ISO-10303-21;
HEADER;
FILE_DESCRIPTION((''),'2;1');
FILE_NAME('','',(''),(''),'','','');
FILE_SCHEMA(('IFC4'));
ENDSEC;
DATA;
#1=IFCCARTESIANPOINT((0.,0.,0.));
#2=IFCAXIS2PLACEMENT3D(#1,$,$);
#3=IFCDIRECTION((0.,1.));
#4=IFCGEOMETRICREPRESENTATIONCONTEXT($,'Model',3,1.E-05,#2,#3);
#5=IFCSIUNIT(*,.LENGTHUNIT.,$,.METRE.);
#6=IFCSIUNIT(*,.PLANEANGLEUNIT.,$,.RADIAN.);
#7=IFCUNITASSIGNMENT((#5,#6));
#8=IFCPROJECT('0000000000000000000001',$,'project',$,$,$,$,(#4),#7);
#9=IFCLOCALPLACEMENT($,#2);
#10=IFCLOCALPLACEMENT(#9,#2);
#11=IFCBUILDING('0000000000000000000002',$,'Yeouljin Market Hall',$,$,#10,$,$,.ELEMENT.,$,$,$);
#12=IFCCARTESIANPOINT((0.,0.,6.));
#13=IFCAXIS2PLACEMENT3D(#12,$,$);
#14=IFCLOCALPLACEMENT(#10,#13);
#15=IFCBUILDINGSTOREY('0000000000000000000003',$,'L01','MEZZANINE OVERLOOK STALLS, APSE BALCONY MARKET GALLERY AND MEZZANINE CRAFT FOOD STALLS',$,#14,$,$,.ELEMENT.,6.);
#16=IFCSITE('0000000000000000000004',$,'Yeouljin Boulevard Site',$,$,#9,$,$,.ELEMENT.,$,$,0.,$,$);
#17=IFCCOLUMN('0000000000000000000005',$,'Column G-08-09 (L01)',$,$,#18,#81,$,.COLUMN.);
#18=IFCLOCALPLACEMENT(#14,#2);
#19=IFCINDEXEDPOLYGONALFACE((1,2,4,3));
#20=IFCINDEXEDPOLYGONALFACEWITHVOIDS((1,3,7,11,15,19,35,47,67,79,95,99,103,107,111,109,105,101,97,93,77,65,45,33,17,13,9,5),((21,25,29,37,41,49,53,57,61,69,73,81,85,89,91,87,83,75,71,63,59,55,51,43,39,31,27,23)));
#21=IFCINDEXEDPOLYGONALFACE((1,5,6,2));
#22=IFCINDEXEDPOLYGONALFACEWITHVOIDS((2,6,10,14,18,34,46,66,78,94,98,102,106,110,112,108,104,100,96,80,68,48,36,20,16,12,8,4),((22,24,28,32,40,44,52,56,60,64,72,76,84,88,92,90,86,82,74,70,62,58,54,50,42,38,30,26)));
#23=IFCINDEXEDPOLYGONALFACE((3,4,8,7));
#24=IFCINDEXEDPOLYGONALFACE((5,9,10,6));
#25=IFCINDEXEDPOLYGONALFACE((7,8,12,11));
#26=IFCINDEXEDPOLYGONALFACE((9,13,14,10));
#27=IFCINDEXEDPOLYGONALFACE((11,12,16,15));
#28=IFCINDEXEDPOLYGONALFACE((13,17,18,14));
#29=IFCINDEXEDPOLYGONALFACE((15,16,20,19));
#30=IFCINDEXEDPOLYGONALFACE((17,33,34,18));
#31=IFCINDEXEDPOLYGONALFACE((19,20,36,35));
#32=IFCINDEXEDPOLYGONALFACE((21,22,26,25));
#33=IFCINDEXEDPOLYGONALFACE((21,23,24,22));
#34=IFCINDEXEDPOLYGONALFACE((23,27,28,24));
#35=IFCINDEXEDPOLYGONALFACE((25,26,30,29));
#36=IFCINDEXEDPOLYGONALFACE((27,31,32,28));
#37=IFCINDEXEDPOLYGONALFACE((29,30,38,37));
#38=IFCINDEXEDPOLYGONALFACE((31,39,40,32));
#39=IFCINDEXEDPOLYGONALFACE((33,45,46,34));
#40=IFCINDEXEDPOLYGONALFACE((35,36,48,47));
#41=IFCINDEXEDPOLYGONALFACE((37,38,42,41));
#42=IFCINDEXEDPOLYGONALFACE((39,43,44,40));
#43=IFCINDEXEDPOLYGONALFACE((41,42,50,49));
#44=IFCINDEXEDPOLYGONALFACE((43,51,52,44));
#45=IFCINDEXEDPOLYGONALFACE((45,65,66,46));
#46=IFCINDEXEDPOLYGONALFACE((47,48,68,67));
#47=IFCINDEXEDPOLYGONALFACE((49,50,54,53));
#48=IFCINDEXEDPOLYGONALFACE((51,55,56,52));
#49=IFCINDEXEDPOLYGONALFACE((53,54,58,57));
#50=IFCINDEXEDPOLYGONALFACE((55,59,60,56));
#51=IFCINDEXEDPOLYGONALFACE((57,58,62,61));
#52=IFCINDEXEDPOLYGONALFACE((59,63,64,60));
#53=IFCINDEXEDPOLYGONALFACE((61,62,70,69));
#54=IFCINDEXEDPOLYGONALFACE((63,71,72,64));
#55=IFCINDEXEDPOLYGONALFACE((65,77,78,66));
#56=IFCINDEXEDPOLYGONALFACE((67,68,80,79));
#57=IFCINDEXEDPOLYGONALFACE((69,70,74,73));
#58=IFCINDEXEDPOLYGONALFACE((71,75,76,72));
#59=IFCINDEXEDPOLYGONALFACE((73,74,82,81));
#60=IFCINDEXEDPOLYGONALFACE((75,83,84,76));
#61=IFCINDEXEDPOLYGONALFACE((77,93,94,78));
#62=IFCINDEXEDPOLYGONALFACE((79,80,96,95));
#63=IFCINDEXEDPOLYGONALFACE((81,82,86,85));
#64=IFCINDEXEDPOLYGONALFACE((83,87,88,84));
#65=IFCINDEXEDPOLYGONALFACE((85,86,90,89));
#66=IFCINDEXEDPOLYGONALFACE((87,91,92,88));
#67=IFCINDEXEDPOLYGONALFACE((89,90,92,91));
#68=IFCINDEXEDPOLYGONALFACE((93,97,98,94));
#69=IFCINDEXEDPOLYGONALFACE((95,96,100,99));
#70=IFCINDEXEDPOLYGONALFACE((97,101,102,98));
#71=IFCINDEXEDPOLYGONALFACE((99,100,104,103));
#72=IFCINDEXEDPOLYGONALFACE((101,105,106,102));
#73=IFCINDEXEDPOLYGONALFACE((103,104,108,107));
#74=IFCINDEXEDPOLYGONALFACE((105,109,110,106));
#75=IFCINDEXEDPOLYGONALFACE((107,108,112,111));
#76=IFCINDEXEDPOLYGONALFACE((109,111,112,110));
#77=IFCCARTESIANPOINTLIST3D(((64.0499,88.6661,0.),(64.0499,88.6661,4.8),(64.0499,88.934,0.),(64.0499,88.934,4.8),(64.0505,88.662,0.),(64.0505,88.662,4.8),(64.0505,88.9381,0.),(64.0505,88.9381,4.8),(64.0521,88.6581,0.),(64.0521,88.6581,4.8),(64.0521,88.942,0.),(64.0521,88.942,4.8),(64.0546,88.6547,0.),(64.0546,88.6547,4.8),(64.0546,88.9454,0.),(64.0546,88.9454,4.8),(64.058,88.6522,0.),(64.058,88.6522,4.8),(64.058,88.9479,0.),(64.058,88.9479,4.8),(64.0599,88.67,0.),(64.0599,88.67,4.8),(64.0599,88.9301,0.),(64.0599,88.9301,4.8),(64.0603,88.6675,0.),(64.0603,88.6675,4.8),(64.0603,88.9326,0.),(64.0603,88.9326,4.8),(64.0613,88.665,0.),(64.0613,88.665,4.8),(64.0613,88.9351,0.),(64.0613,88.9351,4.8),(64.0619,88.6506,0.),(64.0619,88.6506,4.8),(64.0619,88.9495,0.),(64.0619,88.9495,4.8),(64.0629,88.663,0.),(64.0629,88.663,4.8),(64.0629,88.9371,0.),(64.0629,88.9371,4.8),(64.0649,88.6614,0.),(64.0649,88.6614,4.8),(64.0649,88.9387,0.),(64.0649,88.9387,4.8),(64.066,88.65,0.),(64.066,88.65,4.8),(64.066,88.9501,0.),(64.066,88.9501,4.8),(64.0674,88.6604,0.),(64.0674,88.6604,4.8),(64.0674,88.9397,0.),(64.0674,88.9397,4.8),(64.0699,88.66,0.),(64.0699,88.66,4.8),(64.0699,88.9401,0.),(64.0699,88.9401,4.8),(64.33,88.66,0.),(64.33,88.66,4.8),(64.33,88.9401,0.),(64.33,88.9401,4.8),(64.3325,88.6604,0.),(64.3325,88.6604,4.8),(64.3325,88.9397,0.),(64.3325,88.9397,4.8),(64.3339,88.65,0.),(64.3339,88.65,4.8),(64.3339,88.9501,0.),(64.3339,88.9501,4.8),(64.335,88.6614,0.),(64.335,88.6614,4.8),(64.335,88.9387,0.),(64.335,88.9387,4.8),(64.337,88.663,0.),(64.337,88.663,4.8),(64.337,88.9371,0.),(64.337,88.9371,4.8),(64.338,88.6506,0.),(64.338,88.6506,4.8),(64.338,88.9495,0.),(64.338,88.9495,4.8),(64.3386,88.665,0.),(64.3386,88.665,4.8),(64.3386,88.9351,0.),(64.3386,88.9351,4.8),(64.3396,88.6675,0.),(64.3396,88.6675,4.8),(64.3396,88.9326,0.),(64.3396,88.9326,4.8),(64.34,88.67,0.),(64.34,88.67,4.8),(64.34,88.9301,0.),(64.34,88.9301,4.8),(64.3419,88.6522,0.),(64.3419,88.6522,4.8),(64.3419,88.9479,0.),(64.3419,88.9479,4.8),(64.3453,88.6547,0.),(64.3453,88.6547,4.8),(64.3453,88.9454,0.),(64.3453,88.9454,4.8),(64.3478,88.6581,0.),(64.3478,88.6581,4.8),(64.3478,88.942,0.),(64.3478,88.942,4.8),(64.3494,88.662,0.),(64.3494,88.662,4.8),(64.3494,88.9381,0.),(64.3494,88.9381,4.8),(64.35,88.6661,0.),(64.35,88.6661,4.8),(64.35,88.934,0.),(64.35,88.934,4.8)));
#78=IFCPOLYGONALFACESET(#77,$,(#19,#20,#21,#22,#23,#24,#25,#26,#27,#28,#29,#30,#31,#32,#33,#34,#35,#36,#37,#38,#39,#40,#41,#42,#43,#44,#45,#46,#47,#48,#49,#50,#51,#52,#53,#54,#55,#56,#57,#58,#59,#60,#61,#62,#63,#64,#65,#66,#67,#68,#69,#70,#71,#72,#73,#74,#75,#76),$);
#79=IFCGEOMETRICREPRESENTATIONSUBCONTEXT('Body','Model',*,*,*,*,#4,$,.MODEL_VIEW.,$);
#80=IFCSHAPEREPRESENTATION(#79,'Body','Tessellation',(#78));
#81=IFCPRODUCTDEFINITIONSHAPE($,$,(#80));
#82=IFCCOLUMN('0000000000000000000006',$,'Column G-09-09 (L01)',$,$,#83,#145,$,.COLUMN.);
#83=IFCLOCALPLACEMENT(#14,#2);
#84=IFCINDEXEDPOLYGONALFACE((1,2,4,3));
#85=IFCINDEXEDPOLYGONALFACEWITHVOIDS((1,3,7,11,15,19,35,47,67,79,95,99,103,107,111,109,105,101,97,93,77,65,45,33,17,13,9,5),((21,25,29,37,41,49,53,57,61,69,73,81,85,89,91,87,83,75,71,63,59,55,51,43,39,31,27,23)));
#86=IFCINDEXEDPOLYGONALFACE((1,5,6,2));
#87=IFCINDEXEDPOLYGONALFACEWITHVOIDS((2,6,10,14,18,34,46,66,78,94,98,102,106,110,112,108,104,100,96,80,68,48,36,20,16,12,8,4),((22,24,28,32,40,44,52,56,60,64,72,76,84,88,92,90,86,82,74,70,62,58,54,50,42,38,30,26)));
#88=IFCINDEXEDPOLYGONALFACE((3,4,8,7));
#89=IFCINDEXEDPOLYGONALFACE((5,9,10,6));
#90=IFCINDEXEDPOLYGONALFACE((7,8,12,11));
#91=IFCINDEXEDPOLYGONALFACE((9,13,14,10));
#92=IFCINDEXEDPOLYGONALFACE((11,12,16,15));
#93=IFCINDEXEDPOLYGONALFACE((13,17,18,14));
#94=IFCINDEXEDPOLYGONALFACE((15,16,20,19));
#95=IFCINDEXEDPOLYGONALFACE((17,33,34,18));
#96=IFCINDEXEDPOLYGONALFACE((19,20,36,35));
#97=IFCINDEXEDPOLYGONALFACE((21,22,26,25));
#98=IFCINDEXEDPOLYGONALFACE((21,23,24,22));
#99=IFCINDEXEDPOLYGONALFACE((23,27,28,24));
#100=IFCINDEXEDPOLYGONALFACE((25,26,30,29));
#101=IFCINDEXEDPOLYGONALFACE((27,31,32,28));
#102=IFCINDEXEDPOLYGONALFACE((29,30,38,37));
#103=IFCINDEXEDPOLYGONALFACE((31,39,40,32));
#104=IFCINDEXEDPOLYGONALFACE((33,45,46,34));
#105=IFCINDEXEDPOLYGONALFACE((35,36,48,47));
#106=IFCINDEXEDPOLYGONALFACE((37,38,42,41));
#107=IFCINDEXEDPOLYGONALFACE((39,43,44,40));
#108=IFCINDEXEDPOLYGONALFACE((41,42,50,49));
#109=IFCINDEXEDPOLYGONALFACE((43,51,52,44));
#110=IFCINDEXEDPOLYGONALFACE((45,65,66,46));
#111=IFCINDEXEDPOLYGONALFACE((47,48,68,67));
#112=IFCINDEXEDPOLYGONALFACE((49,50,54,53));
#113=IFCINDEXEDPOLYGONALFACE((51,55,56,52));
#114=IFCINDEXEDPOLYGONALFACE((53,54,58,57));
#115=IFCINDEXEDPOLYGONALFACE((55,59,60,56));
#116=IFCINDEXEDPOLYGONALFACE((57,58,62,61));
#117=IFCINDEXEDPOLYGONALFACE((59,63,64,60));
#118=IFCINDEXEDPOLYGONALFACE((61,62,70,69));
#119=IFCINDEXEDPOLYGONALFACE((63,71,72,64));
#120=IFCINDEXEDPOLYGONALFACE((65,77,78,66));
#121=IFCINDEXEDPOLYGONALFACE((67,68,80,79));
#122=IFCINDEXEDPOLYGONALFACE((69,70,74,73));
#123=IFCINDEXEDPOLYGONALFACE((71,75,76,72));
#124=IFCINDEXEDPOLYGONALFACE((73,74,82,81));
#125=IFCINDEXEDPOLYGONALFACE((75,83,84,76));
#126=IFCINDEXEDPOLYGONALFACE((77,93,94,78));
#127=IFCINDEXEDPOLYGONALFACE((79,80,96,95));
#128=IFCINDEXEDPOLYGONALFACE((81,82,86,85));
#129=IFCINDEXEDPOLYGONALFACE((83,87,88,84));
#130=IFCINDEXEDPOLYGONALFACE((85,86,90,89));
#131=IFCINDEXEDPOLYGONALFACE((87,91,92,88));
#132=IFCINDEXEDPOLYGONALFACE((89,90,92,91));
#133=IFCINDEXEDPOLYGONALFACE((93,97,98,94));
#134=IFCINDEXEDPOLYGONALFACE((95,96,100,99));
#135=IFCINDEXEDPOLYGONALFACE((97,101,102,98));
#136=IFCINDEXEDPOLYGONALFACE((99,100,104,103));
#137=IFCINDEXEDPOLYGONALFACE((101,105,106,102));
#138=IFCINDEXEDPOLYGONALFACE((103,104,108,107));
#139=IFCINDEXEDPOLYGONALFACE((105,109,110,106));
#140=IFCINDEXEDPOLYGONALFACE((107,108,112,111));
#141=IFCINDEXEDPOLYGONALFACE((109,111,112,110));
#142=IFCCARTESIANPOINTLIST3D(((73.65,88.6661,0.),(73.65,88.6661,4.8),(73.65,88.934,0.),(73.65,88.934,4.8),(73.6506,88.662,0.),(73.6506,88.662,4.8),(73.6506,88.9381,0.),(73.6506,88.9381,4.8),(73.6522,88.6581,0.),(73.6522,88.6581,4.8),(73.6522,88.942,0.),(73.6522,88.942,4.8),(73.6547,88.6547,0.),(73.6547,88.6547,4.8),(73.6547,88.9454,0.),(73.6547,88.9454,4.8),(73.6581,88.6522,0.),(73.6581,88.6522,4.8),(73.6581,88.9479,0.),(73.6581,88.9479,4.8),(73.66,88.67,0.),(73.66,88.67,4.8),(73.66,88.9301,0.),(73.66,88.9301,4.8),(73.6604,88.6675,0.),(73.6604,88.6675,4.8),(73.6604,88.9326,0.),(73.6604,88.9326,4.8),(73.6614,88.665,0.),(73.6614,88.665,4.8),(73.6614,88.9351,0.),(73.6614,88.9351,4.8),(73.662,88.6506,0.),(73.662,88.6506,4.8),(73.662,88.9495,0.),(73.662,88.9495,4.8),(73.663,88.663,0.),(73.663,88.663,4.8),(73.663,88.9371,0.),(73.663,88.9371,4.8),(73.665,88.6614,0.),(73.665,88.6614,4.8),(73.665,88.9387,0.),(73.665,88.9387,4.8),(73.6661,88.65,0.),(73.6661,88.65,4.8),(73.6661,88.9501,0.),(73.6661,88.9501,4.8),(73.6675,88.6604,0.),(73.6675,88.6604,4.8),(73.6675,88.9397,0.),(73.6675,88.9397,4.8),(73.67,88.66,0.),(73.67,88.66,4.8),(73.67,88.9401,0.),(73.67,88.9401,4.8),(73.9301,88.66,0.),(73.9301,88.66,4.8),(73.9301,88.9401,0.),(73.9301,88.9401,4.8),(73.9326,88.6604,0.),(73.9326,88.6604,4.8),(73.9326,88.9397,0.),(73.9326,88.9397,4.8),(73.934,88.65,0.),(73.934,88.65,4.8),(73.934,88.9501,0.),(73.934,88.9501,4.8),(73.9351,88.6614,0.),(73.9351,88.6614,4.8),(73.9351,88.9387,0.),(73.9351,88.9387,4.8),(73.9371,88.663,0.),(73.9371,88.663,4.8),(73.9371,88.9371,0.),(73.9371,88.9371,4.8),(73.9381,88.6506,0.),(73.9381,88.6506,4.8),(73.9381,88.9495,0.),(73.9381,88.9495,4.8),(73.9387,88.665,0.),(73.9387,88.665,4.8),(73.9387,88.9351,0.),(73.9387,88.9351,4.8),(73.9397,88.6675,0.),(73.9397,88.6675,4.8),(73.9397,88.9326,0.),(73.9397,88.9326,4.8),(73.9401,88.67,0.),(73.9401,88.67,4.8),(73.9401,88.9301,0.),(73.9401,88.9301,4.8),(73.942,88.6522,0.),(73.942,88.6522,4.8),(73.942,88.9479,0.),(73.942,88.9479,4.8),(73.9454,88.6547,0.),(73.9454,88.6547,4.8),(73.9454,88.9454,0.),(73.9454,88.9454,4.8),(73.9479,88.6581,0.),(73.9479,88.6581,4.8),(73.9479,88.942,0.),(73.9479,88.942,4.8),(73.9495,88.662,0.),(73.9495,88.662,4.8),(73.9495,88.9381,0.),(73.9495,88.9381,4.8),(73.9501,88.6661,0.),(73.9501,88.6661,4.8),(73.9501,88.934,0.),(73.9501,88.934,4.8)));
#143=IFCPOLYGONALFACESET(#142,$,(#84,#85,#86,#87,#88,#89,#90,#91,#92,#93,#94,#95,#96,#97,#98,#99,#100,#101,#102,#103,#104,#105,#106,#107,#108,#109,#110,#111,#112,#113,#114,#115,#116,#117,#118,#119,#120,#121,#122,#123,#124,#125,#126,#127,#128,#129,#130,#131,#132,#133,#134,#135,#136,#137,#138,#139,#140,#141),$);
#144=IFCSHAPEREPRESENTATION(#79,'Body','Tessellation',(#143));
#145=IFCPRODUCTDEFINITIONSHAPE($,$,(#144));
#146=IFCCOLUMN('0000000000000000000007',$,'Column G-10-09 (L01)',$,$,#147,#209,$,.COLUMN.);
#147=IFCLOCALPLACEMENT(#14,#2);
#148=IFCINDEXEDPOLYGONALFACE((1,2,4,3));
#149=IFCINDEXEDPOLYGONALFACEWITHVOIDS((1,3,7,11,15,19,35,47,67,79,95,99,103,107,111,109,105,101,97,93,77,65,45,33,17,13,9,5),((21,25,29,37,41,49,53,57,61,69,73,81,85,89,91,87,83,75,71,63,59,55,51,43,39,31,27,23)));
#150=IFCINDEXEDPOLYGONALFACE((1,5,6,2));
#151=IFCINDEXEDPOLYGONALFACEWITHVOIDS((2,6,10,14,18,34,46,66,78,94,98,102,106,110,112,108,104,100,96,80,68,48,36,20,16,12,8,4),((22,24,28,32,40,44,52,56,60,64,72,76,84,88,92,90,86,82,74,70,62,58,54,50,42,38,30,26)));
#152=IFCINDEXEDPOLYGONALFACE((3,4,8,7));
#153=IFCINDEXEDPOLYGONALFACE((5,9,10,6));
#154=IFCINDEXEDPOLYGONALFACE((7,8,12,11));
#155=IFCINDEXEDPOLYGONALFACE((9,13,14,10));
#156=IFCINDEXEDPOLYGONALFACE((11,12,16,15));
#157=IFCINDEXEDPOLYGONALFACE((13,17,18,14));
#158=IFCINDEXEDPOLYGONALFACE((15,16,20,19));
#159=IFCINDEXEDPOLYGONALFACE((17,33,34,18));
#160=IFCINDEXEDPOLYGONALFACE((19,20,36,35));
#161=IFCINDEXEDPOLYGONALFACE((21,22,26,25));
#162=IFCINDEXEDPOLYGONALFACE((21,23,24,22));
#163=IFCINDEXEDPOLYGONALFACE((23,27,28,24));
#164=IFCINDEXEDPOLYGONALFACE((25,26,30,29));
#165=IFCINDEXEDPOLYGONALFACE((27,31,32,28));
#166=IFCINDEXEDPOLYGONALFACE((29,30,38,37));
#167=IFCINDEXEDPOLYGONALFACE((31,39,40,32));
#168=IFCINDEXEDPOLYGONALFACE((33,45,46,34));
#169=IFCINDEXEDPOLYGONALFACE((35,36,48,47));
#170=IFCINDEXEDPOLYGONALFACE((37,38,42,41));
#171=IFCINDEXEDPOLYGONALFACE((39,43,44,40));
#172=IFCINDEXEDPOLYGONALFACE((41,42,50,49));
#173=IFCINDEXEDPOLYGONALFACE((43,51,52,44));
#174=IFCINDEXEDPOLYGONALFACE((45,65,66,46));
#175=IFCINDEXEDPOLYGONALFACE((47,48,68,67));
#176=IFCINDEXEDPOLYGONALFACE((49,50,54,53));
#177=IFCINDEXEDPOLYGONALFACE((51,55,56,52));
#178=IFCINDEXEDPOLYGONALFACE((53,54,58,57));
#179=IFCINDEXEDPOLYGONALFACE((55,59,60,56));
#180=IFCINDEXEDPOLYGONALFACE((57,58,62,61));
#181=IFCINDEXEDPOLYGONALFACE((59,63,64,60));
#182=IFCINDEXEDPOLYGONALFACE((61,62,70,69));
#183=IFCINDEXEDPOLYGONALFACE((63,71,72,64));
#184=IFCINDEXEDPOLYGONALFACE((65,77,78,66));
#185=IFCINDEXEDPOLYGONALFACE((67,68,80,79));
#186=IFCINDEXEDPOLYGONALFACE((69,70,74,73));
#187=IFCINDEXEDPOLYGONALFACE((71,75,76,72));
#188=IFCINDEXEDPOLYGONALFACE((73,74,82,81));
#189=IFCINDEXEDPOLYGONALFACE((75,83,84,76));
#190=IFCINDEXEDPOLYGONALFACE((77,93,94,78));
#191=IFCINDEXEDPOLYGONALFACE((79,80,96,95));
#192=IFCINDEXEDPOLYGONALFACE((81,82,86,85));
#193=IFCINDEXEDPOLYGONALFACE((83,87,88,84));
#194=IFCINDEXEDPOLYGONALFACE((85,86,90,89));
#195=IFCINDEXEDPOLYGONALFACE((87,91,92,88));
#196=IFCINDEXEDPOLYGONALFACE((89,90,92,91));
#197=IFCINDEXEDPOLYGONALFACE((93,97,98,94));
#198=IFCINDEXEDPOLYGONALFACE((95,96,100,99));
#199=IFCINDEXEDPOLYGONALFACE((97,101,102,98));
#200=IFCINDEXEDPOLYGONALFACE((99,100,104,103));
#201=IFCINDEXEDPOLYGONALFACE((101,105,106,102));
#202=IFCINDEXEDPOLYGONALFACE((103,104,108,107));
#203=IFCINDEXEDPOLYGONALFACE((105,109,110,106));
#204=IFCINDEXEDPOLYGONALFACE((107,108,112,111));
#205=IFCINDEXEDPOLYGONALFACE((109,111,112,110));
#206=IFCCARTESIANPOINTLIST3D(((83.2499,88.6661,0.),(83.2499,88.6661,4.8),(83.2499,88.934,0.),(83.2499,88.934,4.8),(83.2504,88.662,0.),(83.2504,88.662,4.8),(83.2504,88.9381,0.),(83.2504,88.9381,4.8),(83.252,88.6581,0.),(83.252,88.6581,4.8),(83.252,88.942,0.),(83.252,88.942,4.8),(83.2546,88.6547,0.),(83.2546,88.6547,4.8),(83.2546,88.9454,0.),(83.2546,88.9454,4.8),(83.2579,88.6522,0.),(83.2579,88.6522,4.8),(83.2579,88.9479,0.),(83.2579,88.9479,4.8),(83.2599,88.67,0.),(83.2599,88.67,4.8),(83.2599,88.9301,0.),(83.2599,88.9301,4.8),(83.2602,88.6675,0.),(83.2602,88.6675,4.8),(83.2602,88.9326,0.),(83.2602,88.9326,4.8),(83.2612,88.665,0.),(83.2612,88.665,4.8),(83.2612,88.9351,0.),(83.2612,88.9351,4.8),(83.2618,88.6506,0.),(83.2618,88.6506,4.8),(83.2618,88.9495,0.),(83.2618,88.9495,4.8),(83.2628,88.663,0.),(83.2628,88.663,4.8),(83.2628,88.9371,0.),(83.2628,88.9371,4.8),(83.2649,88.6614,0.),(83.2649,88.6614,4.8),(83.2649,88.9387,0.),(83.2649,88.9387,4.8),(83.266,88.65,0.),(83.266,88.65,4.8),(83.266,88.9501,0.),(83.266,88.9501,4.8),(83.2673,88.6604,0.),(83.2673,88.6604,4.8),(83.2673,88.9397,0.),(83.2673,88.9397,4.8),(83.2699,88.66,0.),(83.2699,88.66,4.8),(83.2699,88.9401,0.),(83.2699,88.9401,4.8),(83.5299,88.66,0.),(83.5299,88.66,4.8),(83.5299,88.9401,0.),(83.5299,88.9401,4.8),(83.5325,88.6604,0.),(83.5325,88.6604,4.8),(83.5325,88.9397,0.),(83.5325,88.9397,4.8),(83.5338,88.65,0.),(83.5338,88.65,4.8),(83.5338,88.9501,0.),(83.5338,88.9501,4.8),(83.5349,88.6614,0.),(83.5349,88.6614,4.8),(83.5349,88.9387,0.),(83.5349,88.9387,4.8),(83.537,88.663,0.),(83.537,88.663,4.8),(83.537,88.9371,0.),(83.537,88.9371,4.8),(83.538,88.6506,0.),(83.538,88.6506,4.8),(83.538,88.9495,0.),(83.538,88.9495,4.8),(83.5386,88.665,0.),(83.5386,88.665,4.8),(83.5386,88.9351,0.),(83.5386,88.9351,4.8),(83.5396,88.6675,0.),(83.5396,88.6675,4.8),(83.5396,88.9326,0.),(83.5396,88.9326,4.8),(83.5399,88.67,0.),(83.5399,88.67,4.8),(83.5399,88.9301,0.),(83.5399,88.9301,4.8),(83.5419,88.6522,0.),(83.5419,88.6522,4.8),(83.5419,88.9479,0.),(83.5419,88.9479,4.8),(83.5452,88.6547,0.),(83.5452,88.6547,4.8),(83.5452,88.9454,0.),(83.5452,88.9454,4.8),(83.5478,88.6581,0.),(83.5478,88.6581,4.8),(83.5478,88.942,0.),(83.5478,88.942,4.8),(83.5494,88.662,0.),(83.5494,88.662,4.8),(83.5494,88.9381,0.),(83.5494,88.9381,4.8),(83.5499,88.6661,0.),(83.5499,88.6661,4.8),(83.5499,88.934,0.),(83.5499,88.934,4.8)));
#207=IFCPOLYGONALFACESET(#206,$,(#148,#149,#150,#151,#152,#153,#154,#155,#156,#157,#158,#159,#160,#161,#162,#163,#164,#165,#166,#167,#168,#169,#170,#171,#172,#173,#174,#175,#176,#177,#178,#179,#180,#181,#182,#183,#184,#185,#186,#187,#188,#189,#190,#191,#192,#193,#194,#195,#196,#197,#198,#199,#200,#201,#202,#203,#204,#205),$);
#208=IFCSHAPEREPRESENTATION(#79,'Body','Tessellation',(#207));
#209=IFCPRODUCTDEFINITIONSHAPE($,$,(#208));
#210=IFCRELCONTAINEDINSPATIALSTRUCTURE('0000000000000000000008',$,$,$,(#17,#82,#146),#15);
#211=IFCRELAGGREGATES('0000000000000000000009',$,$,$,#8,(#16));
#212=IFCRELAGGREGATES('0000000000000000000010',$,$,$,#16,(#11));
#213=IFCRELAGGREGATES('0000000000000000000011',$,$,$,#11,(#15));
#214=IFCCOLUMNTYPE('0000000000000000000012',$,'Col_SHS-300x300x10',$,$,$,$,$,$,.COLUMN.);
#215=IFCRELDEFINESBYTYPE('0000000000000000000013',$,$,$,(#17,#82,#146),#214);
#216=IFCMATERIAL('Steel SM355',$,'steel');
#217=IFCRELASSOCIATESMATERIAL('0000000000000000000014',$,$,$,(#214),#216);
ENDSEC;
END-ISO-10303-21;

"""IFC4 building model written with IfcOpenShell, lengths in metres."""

from ifc_helpers import new_model, si_unit, direction, frame, origin, origin_2d, place, context, subcontext, project, spatial, hollow_rectangle, extrude, material, material_profile, profile_set, type_object, element, save


model = new_model("IFC4")

# Units and contexts
model_context = context("Model", 3, precision=1e-05, world=origin(), true_north=direction((0.0, 1.0)))
body_context = subcontext(model_context, "Body", "Model", "MODEL_VIEW")
ifc_project = project(units=[si_unit("LENGTHUNIT", "METRE"), si_unit("PLANEANGLEUNIT", "RADIAN")], contexts=[model_context])

# Site, building, storey
site_placement = place(None, origin())
site = spatial("IfcSite", under=ifc_project, at=site_placement, Name="Yeouljin Boulevard Site", CompositionType="ELEMENT", RefElevation=0.0)
building_placement = place(site_placement, origin())
building = spatial("IfcBuilding", under=site, at=building_placement, Name="Yeouljin Market Hall", CompositionType="ELEMENT")
storey_placement = place(building_placement, frame((0.0, 0.0, 6.0)))
storey = spatial("IfcBuildingStorey", under=building, at=storey_placement, Name="L01", Description="MEZZANINE OVERLOOK STALLS, APSE BALCONY MARKET GALLERY AND MEZZANINE CRAFT FOOD STALLS", CompositionType="ELEMENT", Elevation=6.0)

# Columns
ifc_material_1 = material(Name="Steel SM355", Category="steel")
ifc_material_profile_1 = material_profile(ifc_material_1, hollow_rectangle(XDim=0.3, YDim=0.3, WallThickness=0.01, InnerFilletRadius=0.01, OuterFilletRadius=0.0161, at=origin_2d()), Name="SHS-300x300x10")
ifc_profile_set_1 = profile_set([ifc_material_profile_1], Name="Steel SM355")
column_type_1 = type_object("IfcColumnType", Name="Col_SHS-300x300x10", PredefinedType="COLUMN", material=ifc_profile_set_1)
for number, where, z_axis, x_axis, name in (
    (1, (64.2, 88.8, 0.0), (0.0, 0.0, 1.0), (1.0, 0.0, 0.0), "Column G-08-09 (L01)"),
    (2, (73.8, 88.8, 0.0), (0.0, 0.0, 1.0), (1.0, 0.0, 0.0), "Column G-09-09 (L01)"),
    (3, (83.3999, 88.8, 0.0), (0.0, 0.0, 1.0), (1.0, 0.0, 0.0), "Column G-10-09 (L01)"),
):
    element("IfcColumn", number, at=place(storey_placement, frame(where, z_axis=z_axis, x_axis=x_axis)), inside=storey, type_object=column_type_1, Name=name, PredefinedType="COLUMN", context=body_context, shape_type="SweptSolid", body=[
        extrude(hollow_rectangle(XDim=0.3, YDim=0.3, WallThickness=0.01, InnerFilletRadius=0.01, OuterFilletRadius=0.0161, at=origin_2d()), origin(), (0.0, 0.0, 1.0), 4.8),
    ])

save(model, "model.ifc")
